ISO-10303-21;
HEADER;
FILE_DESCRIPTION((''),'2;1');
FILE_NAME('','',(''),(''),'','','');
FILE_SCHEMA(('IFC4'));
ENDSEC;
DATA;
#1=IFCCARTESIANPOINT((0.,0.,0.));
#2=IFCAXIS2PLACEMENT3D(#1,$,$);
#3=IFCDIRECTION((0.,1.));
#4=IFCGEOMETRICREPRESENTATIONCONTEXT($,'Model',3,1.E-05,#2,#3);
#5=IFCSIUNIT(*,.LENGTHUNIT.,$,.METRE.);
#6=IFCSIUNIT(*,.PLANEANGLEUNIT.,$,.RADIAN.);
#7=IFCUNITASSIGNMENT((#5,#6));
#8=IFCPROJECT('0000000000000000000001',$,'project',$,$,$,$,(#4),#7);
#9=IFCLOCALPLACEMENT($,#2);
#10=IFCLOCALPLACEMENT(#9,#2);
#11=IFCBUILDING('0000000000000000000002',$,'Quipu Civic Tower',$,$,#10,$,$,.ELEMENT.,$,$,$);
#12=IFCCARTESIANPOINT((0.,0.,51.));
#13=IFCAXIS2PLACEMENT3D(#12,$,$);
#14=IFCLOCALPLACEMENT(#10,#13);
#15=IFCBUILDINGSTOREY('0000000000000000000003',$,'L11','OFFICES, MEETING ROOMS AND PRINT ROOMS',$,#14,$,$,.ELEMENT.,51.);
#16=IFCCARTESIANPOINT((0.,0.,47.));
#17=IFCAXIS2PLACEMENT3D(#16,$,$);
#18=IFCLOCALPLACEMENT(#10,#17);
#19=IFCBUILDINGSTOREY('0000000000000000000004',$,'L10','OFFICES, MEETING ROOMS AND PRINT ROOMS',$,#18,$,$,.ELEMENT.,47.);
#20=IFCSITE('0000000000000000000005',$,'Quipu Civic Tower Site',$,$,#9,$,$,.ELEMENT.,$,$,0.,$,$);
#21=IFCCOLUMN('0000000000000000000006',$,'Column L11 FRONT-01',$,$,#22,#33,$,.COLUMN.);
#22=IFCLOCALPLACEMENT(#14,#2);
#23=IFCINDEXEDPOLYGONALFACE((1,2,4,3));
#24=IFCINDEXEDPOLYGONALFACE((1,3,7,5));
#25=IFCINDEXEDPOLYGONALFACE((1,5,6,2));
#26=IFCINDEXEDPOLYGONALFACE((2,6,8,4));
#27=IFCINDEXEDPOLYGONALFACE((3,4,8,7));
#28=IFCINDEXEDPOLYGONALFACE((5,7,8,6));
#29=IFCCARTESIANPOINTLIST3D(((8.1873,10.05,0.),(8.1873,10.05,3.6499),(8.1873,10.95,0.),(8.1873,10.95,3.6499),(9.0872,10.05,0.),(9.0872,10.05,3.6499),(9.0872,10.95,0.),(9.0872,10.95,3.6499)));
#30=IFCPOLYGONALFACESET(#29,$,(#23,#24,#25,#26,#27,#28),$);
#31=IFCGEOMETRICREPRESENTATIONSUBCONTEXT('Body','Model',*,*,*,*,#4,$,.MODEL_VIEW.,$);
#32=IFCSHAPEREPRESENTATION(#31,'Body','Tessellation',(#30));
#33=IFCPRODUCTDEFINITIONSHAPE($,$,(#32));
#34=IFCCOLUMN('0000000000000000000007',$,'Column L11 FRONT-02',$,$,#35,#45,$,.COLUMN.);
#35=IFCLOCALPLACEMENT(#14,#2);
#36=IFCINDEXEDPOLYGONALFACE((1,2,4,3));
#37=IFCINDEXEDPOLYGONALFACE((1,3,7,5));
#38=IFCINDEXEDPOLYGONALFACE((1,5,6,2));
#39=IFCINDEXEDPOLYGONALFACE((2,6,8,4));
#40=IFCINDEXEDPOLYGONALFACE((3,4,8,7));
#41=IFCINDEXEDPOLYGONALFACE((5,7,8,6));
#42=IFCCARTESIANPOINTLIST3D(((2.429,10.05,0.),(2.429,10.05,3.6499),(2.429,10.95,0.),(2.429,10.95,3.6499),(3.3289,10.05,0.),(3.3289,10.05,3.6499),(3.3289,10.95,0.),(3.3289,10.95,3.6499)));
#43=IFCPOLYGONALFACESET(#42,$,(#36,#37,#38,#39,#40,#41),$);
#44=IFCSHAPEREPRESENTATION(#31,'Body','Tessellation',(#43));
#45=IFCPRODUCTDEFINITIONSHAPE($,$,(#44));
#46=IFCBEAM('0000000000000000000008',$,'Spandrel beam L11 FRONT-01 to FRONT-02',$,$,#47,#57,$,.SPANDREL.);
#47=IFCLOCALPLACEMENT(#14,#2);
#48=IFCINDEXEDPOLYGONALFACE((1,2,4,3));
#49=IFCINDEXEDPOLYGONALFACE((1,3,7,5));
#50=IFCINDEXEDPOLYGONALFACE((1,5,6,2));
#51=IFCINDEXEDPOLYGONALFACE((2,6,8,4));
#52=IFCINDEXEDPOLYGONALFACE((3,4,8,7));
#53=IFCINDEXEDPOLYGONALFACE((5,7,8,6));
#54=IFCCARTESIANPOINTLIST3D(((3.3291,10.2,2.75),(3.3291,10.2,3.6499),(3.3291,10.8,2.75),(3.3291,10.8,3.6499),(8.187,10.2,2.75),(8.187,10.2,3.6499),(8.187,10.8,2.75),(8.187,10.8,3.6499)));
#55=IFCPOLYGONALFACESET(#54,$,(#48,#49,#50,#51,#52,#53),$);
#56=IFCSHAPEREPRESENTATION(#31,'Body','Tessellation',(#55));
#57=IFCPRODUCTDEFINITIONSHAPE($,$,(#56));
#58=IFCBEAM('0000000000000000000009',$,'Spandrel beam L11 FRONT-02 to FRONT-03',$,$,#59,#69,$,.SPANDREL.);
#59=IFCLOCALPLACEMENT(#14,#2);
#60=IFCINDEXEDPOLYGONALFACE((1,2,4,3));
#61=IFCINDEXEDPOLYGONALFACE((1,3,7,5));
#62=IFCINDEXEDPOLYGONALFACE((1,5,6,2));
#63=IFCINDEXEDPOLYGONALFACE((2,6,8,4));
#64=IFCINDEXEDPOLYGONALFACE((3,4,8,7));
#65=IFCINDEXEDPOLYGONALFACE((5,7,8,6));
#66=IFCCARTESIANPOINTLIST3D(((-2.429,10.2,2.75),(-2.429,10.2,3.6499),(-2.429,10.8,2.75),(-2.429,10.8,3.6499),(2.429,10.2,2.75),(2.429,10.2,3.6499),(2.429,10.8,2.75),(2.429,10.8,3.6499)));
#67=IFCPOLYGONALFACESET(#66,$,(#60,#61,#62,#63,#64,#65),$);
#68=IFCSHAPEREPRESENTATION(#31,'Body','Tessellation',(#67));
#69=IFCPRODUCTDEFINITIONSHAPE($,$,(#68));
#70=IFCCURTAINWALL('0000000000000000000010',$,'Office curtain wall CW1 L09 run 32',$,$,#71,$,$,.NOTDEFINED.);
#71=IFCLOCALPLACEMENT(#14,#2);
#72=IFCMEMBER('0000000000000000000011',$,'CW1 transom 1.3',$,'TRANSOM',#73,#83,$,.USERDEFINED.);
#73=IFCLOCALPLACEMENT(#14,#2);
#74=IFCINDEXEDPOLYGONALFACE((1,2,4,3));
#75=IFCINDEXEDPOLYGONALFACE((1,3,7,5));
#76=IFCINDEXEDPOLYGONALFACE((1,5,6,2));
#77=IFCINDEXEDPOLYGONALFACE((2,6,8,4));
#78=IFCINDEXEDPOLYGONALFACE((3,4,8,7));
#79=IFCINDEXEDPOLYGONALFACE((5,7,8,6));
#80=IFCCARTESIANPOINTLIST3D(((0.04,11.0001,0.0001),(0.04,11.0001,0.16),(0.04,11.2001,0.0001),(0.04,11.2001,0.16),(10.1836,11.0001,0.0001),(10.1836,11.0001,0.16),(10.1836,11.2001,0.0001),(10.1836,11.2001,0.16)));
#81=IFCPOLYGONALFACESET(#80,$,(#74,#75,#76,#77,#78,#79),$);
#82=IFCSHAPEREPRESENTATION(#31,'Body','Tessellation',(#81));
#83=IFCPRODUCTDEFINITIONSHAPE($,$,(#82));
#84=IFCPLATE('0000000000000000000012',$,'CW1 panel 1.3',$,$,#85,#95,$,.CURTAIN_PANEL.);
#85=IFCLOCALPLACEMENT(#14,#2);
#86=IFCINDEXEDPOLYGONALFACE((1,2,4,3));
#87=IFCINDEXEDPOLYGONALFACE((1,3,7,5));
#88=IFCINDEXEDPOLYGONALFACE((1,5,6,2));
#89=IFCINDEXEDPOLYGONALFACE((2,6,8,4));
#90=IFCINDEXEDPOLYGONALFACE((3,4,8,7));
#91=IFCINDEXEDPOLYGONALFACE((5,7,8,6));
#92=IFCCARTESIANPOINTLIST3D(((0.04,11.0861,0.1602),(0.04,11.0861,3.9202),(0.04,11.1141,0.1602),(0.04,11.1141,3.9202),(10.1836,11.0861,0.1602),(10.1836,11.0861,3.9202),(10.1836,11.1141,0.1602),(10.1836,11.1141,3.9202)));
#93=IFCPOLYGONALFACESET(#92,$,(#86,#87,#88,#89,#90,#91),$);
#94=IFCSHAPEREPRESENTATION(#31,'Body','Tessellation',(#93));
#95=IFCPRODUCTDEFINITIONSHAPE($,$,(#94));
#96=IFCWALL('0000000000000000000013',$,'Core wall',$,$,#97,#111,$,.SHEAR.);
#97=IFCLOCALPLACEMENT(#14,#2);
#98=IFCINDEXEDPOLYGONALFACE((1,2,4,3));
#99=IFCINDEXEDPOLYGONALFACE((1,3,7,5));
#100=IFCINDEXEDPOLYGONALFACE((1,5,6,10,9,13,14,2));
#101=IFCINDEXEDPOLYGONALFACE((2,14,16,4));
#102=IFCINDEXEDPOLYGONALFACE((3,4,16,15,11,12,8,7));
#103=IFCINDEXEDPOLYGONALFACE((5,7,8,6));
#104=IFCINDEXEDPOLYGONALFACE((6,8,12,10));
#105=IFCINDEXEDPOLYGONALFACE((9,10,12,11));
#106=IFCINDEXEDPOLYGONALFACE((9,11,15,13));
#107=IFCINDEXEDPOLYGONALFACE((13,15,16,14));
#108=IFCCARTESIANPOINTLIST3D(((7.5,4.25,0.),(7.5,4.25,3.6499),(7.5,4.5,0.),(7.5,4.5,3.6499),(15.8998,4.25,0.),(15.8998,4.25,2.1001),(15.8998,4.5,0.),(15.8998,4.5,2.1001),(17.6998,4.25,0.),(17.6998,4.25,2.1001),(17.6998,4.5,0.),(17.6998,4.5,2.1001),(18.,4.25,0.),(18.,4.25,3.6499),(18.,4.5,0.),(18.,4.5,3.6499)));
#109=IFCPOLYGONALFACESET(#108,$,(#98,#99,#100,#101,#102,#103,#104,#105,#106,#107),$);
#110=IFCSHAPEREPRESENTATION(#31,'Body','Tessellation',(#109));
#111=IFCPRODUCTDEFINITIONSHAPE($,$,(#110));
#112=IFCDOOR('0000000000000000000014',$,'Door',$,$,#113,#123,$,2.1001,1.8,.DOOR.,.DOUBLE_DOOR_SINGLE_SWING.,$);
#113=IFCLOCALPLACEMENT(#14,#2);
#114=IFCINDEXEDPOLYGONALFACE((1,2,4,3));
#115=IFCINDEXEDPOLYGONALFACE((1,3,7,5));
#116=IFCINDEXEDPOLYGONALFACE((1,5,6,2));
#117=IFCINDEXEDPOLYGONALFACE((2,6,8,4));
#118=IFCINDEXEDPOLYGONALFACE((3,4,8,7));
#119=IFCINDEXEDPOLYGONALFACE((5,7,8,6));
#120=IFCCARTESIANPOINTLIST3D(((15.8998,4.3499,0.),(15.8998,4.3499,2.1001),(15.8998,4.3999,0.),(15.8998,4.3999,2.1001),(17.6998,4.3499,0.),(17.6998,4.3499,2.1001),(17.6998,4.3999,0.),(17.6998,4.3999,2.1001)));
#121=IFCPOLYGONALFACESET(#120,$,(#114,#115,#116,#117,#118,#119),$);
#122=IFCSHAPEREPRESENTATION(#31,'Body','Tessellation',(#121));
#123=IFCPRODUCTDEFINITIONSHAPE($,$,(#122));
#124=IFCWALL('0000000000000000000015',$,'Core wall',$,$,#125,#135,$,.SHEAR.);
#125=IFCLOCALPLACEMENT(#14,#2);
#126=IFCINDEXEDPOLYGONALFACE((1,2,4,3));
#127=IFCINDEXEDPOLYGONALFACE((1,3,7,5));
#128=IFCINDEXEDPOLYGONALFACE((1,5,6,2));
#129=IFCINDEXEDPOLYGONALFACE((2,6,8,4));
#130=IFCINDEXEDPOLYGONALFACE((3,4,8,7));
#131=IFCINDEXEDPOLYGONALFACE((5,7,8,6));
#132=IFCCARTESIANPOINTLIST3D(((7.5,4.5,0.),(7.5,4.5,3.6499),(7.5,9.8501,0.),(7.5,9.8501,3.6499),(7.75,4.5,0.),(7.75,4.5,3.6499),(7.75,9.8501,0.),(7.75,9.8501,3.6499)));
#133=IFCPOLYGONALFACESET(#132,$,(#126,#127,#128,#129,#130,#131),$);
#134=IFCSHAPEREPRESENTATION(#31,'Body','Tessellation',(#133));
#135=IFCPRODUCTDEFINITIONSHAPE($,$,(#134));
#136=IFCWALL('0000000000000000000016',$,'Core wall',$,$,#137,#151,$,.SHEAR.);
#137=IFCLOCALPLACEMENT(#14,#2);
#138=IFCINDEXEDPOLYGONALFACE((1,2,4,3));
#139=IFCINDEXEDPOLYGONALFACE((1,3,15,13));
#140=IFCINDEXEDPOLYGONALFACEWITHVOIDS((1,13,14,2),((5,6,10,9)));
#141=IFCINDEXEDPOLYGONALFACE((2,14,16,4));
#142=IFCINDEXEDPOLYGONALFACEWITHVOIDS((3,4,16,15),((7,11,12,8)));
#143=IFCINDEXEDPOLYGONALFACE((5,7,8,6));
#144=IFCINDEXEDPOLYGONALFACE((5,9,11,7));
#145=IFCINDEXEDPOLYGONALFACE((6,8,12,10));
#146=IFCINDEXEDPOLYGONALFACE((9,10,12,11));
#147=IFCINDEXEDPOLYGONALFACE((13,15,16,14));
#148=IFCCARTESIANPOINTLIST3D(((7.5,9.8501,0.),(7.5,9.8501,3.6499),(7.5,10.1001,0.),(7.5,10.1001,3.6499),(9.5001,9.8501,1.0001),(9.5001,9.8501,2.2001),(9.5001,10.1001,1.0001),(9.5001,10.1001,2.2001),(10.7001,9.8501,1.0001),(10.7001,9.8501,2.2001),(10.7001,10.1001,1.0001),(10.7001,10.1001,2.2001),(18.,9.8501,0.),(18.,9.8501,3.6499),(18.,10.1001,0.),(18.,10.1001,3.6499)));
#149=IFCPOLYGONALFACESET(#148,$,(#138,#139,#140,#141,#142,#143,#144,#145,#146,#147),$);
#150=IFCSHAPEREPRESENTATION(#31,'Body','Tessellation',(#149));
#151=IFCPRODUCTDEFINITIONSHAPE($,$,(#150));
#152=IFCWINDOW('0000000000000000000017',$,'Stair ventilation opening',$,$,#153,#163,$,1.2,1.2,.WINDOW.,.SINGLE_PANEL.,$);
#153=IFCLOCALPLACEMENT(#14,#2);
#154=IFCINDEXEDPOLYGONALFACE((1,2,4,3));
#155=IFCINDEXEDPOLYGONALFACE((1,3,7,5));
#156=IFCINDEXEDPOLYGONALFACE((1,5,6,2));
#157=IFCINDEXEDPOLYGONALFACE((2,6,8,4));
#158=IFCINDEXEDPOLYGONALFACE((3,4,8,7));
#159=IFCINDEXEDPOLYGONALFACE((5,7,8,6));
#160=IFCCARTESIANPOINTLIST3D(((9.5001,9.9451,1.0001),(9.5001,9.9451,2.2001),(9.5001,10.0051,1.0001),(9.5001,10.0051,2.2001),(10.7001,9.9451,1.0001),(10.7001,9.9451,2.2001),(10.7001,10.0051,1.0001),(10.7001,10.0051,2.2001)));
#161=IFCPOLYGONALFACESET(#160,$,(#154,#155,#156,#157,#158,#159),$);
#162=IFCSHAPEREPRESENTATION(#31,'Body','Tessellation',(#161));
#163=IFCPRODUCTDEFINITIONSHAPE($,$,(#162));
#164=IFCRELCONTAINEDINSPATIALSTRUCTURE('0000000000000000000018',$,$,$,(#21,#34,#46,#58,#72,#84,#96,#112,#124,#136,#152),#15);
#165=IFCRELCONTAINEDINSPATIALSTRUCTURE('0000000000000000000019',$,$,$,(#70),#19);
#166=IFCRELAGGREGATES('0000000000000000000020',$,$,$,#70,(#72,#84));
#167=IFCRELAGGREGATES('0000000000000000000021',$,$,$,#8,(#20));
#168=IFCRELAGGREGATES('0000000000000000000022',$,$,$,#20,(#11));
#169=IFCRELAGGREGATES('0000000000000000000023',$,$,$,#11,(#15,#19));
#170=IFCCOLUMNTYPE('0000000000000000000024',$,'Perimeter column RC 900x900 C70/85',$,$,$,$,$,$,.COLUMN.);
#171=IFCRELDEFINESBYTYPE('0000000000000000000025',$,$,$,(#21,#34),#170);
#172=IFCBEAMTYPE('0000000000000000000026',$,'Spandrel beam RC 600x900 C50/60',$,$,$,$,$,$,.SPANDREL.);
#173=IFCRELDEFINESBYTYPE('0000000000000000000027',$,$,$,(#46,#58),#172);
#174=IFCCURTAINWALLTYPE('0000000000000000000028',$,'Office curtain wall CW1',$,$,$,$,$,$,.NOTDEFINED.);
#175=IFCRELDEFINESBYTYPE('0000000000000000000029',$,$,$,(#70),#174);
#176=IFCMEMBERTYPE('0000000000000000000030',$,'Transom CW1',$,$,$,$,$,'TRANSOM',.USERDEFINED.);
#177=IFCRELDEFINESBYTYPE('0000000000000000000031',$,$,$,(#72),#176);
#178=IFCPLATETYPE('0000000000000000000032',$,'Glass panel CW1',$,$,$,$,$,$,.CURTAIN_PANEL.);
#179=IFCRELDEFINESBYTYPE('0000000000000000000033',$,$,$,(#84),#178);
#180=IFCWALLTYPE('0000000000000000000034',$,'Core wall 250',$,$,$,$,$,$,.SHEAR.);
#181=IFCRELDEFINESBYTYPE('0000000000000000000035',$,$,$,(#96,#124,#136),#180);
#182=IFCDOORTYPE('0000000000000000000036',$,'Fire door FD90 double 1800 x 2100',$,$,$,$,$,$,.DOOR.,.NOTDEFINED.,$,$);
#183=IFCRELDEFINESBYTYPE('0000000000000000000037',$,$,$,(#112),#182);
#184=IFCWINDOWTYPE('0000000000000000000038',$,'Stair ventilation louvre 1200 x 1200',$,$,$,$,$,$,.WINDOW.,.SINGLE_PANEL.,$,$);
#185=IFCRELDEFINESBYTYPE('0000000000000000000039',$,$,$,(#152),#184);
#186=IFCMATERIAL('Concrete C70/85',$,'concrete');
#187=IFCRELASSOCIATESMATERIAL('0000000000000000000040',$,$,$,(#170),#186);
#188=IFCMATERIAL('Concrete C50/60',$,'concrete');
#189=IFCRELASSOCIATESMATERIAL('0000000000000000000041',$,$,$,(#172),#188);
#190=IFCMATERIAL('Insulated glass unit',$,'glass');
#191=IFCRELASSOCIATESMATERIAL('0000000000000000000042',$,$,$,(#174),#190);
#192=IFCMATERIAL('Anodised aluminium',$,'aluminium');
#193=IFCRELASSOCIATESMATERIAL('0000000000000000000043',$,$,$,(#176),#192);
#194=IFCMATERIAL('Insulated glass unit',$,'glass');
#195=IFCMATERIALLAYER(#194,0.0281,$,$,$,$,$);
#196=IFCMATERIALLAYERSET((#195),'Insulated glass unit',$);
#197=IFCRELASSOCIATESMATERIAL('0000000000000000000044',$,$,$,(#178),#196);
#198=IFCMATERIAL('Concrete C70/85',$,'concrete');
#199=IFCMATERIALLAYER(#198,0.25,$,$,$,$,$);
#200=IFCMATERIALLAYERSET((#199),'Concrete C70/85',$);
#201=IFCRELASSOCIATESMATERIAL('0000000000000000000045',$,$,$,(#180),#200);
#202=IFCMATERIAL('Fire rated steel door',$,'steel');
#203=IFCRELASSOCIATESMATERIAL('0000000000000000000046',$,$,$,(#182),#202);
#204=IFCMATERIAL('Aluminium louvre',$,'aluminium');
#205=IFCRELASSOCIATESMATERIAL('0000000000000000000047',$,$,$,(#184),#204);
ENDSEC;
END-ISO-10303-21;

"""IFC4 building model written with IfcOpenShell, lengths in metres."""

from ifc_helpers import new_model, si_unit, direction, frame, frame_2d, origin, origin_2d, place, context, subcontext, project, spatial, rectangle, extrude, material, layer, layer_set, material_profile, profile_set, type_object, element, fill, aggregate, save


model = new_model("IFC4")

# Units and contexts
model_context = context("Model", 3, precision=1e-05, world=origin(), true_north=direction((0.0, 1.0)))
body_context = subcontext(model_context, "Body", "Model", "MODEL_VIEW")
ifc_project = project(units=[si_unit("LENGTHUNIT", "METRE"), si_unit("PLANEANGLEUNIT", "RADIAN")], contexts=[model_context])

# Site, building, storey
site_placement = place(None, origin())
site = spatial("IfcSite", under=ifc_project, at=site_placement, Name="Quipu Civic Tower Site", CompositionType="ELEMENT", RefElevation=0.0)
building_placement = place(site_placement, origin())
building = spatial("IfcBuilding", under=site, at=building_placement, Name="Quipu Civic Tower", CompositionType="ELEMENT")
storey_1_placement = place(building_placement, frame((0.0, 0.0, 51.0)))
storey_1 = spatial("IfcBuildingStorey", under=building, at=storey_1_placement, Name="L11", Description="OFFICES, MEETING ROOMS AND PRINT ROOMS", CompositionType="ELEMENT", Elevation=51.0)

# Columns
ifc_material_1 = material(Name="Concrete C70/85", Category="concrete")
ifc_material_profile_1 = material_profile(ifc_material_1, rectangle(XDim=0.8999, YDim=0.8999, at=origin_2d()), Name="RC900x900")
ifc_profile_set_1 = profile_set([ifc_material_profile_1], Name="Concrete C70/85")
column_type = type_object("IfcColumnType", Name="Perimeter column RC 900x900 C70/85", PredefinedType="COLUMN", material=ifc_profile_set_1)
for number, where, z_axis, x_axis, name in (
    (1, (8.6372, 10.5, 0.0), (0.0, 0.0, 1.0), (-1.0, 0.0, 0.0), "Column L11 FRONT-01"),
    (2, (2.8789, 10.5, 0.0), (0.0, 0.0, 1.0), (-1.0, 0.0, 0.0), "Column L11 FRONT-02"),
):
    element("IfcColumn", number, at=place(storey_1_placement, frame(where, z_axis=z_axis, x_axis=x_axis)), inside=storey_1, type_object=column_type, Name=name, PredefinedType="COLUMN", context=body_context, shape_type="SweptSolid", body=[
        extrude(rectangle(XDim=0.8999, YDim=0.8999, at=origin_2d()), origin(), (0.0, 0.0, 1.0), 3.6499),
    ])

# Beams
ifc_material_2 = material(Name="Concrete C50/60", Category="concrete")
ifc_material_profile_2 = material_profile(ifc_material_2, rectangle(XDim=0.6001, YDim=0.8999, at=origin_2d()), Name="RC600x900")
ifc_profile_set_2 = profile_set([ifc_material_profile_2], Name="Concrete C50/60")
beam_type = type_object("IfcBeamType", Name="Spandrel beam RC 600x900 C50/60", PredefinedType="SPANDREL", material=ifc_profile_set_2)
for number, where, z_axis, x_axis, name in (
    (3, (8.187, 10.5, 3.2), (-1.0, 0.0, 0.0), (0.0, -1.0, 0.0), "Spandrel beam L11 FRONT-01 to FRONT-02"),
    (4, (2.429, 10.5, 3.2), (-1.0, 0.0, 0.0), (0.0, -1.0, 0.0), "Spandrel beam L11 FRONT-02 to FRONT-03"),
):
    element("IfcBeam", number, at=place(storey_1_placement, frame(where, z_axis=z_axis, x_axis=x_axis)), inside=storey_1, type_object=beam_type, Name=name, PredefinedType="SPANDREL", context=body_context, shape_type="SweptSolid", body=[
        extrude(rectangle(XDim=0.6001, YDim=0.8999, at=origin_2d()), origin(), (0.0, 0.0, 1.0), 4.8579),
    ])

# Shared definitions
storey_2_placement = place(building_placement, frame((0.0, 0.0, 47.0)))
storey_2 = spatial("IfcBuildingStorey", under=building, at=storey_2_placement, Name="L10", Description="OFFICES, MEETING ROOMS AND PRINT ROOMS", CompositionType="ELEMENT", Elevation=47.0)

# Curtain wall, member, plate
ifc_material_3 = material(Name="Insulated glass unit", Category="glass")
curtain_wall_type = type_object("IfcCurtainWallType", Name="Office curtain wall CW1", PredefinedType="NOTDEFINED", material=ifc_material_3)
curtain_wall_placement = place(storey_2_placement, origin())
curtain_wall = element("IfcCurtainWall", 5, at=curtain_wall_placement, inside=storey_2, type_object=curtain_wall_type, Name="Office curtain wall CW1 L09 run 32", PredefinedType="NOTDEFINED")
ifc_material_4 = material(Name="Anodised aluminium", Category="aluminium")
ifc_material_profile_3 = material_profile(ifc_material_4, rectangle(XDim=0.2, YDim=0.1599, at=origin_2d()), Name="RECT 200x160")
ifc_profile_set_3 = profile_set([ifc_material_profile_3], Name="Anodised aluminium")
member_type = type_object("IfcMemberType", Name="Transom CW1", ElementType="TRANSOM", PredefinedType="USERDEFINED", material=ifc_profile_set_3)
member_placement = place(storey_1_placement, frame((10.1836, 11.1001, 0.0801), z_axis=(-1.0, 0.0, 0.0), x_axis=(0.0, -1.0, 0.0)))
member = element("IfcMember", 6, at=member_placement, inside=storey_1, type_object=member_type, Name="CW1 transom 1.3", ObjectType="TRANSOM", PredefinedType="USERDEFINED", context=body_context, shape_type="SweptSolid", body=[
    extrude(rectangle(XDim=0.2, YDim=0.1599, at=origin_2d()), origin(), (0.0, 0.0, 1.0), 10.1436),
])
ifc_material_5 = material(Name="Insulated glass unit", Category="glass")
ifc_layer_1 = layer(ifc_material_5, 0.0281)
ifc_layer_set_1 = layer_set([ifc_layer_1], Name="Insulated glass unit")
plate_type = type_object("IfcPlateType", Name="Glass panel CW1", PredefinedType="CURTAIN_PANEL", material=ifc_layer_set_1)
plate_placement = place(storey_1_placement, frame((5.1118, 11.1001, 0.1602), z_axis=(0.0, 0.0, 1.0), x_axis=(-1.0, 0.0, 0.0)))
plate = element("IfcPlate", 7, at=plate_placement, inside=storey_1, type_object=plate_type, Name="CW1 panel 1.3", PredefinedType="CURTAIN_PANEL", context=body_context, shape_type="SweptSolid", body=[
    extrude(rectangle(XDim=10.1436, YDim=0.0281, at=origin_2d()), origin(), (0.0, 0.0, 1.0), 3.76),
])
aggregate(curtain_wall, [member, plate])

# Wall, opening, door
ifc_material_6 = material(Name="Concrete C70/85", Category="concrete")
ifc_layer_2 = layer(ifc_material_6, 0.25)
ifc_layer_set_2 = layer_set([ifc_layer_2], Name="Concrete C70/85")
wall_type = type_object("IfcWallType", Name="Core wall 250", PredefinedType="SHEAR", material=ifc_layer_set_2)
wall_1_placement = place(storey_1_placement, frame((7.5, 4.375, 0.0), z_axis=(0.0, 0.0, 1.0), x_axis=(1.0, 0.0, 0.0)))
wall_1 = element("IfcWall", 8, at=wall_1_placement, inside=storey_1, type_object=wall_type, Name="Core wall", PredefinedType="SHEAR", context=body_context, shape_type="SweptSolid", body=[
    extrude(rectangle(XDim=10.5, YDim=0.25, at=frame_2d((5.25, 0.0))), origin(), (0.0, 0.0, 1.0), 3.6499),
])
opening_1_placement = place(wall_1_placement, frame((8.3999, 0.0, 0.0)))
opening_1 = element("IfcOpeningElement", 9, at=opening_1_placement, cuts=wall_1, PredefinedType="OPENING", context=body_context, shape_type="SweptSolid", body=[
    extrude(rectangle(XDim=1.8, YDim=2.1001, at=frame_2d((0.8999, 1.05))), frame((0.0, 0.135, 0.0), z_axis=(0.0, -1.0, 0.0), x_axis=(1.0, 0.0, 0.0)), (0.0, 0.0, 1.0), 0.27),
])
ifc_material_7 = material(Name="Fire rated steel door", Category="steel")
door_type = type_object("IfcDoorType", Name="Fire door FD90 double 1800 x 2100", OperationType="NOTDEFINED", PredefinedType="DOOR", material=ifc_material_7)
door_placement = place(opening_1_placement, origin())
door = element("IfcDoor", 10, at=door_placement, inside=storey_1, type_object=door_type, Name="Door", OperationType="DOUBLE_DOOR_SINGLE_SWING", OverallHeight=2.1001, OverallWidth=1.8, PredefinedType="DOOR", context=body_context, shape_type="SweptSolid", body=[
    extrude(rectangle(XDim=1.8, YDim=2.1001, at=frame_2d((0.8999, 1.05))), frame((0.0, 0.0249, 0.0), z_axis=(0.0, -1.0, 0.0), x_axis=(1.0, 0.0, 0.0)), (0.0, 0.0, 1.0), 0.05),
])
fill(opening_1, door)

# Wall
wall_2_placement = place(storey_1_placement, frame((7.625, 4.5, 0.0), z_axis=(0.0, 0.0, 1.0), x_axis=(0.0, 1.0, 0.0)))
element("IfcWall", 11, at=wall_2_placement, inside=storey_1, type_object=wall_type, Name="Core wall", PredefinedType="SHEAR", context=body_context, shape_type="SweptSolid", body=[
    extrude(rectangle(XDim=5.3501, YDim=0.25, at=frame_2d((2.675, 0.0))), origin(), (0.0, 0.0, 1.0), 3.6499),
])

# Wall, opening, window
wall_3_placement = place(storey_1_placement, frame((7.5, 9.9751, 0.0), z_axis=(0.0, 0.0, 1.0), x_axis=(1.0, 0.0, 0.0)))
wall_3 = element("IfcWall", 12, at=wall_3_placement, inside=storey_1, type_object=wall_type, Name="Core wall", PredefinedType="SHEAR", context=body_context, shape_type="SweptSolid", body=[
    extrude(rectangle(XDim=10.5, YDim=0.25, at=frame_2d((5.25, 0.0))), origin(), (0.0, 0.0, 1.0), 3.6499),
])
opening_2_placement = place(wall_3_placement, frame((2.0, 0.0, 1.0)))
opening_2 = element("IfcOpeningElement", 13, at=opening_2_placement, cuts=wall_3, PredefinedType="OPENING", context=body_context, shape_type="SweptSolid", body=[
    extrude(rectangle(XDim=1.2, YDim=1.2, at=frame_2d((0.6001, 0.6001))), frame((0.0, 0.135, 0.0), z_axis=(0.0, -1.0, 0.0), x_axis=(1.0, 0.0, 0.0)), (0.0, 0.0, 1.0), 0.27),
])
ifc_material_8 = material(Name="Aluminium louvre", Category="aluminium")
window_type = type_object("IfcWindowType", Name="Stair ventilation louvre 1200 x 1200", PartitioningType="SINGLE_PANEL", PredefinedType="WINDOW", material=ifc_material_8)
window_placement = place(opening_2_placement, origin())
window = element("IfcWindow", 14, at=window_placement, inside=storey_1, type_object=window_type, Name="Stair ventilation opening", OverallHeight=1.2, OverallWidth=1.2, PartitioningType="SINGLE_PANEL", PredefinedType="WINDOW", context=body_context, shape_type="SweptSolid", body=[
    extrude(rectangle(XDim=1.2, YDim=1.2, at=frame_2d((0.6001, 0.6001))), frame((0.0, 0.03, 0.0), z_axis=(0.0, -1.0, 0.0), x_axis=(1.0, 0.0, 0.0)), (0.0, 0.0, 1.0), 0.0601),
])
fill(opening_2, window)

save(model, "model.ifc")
